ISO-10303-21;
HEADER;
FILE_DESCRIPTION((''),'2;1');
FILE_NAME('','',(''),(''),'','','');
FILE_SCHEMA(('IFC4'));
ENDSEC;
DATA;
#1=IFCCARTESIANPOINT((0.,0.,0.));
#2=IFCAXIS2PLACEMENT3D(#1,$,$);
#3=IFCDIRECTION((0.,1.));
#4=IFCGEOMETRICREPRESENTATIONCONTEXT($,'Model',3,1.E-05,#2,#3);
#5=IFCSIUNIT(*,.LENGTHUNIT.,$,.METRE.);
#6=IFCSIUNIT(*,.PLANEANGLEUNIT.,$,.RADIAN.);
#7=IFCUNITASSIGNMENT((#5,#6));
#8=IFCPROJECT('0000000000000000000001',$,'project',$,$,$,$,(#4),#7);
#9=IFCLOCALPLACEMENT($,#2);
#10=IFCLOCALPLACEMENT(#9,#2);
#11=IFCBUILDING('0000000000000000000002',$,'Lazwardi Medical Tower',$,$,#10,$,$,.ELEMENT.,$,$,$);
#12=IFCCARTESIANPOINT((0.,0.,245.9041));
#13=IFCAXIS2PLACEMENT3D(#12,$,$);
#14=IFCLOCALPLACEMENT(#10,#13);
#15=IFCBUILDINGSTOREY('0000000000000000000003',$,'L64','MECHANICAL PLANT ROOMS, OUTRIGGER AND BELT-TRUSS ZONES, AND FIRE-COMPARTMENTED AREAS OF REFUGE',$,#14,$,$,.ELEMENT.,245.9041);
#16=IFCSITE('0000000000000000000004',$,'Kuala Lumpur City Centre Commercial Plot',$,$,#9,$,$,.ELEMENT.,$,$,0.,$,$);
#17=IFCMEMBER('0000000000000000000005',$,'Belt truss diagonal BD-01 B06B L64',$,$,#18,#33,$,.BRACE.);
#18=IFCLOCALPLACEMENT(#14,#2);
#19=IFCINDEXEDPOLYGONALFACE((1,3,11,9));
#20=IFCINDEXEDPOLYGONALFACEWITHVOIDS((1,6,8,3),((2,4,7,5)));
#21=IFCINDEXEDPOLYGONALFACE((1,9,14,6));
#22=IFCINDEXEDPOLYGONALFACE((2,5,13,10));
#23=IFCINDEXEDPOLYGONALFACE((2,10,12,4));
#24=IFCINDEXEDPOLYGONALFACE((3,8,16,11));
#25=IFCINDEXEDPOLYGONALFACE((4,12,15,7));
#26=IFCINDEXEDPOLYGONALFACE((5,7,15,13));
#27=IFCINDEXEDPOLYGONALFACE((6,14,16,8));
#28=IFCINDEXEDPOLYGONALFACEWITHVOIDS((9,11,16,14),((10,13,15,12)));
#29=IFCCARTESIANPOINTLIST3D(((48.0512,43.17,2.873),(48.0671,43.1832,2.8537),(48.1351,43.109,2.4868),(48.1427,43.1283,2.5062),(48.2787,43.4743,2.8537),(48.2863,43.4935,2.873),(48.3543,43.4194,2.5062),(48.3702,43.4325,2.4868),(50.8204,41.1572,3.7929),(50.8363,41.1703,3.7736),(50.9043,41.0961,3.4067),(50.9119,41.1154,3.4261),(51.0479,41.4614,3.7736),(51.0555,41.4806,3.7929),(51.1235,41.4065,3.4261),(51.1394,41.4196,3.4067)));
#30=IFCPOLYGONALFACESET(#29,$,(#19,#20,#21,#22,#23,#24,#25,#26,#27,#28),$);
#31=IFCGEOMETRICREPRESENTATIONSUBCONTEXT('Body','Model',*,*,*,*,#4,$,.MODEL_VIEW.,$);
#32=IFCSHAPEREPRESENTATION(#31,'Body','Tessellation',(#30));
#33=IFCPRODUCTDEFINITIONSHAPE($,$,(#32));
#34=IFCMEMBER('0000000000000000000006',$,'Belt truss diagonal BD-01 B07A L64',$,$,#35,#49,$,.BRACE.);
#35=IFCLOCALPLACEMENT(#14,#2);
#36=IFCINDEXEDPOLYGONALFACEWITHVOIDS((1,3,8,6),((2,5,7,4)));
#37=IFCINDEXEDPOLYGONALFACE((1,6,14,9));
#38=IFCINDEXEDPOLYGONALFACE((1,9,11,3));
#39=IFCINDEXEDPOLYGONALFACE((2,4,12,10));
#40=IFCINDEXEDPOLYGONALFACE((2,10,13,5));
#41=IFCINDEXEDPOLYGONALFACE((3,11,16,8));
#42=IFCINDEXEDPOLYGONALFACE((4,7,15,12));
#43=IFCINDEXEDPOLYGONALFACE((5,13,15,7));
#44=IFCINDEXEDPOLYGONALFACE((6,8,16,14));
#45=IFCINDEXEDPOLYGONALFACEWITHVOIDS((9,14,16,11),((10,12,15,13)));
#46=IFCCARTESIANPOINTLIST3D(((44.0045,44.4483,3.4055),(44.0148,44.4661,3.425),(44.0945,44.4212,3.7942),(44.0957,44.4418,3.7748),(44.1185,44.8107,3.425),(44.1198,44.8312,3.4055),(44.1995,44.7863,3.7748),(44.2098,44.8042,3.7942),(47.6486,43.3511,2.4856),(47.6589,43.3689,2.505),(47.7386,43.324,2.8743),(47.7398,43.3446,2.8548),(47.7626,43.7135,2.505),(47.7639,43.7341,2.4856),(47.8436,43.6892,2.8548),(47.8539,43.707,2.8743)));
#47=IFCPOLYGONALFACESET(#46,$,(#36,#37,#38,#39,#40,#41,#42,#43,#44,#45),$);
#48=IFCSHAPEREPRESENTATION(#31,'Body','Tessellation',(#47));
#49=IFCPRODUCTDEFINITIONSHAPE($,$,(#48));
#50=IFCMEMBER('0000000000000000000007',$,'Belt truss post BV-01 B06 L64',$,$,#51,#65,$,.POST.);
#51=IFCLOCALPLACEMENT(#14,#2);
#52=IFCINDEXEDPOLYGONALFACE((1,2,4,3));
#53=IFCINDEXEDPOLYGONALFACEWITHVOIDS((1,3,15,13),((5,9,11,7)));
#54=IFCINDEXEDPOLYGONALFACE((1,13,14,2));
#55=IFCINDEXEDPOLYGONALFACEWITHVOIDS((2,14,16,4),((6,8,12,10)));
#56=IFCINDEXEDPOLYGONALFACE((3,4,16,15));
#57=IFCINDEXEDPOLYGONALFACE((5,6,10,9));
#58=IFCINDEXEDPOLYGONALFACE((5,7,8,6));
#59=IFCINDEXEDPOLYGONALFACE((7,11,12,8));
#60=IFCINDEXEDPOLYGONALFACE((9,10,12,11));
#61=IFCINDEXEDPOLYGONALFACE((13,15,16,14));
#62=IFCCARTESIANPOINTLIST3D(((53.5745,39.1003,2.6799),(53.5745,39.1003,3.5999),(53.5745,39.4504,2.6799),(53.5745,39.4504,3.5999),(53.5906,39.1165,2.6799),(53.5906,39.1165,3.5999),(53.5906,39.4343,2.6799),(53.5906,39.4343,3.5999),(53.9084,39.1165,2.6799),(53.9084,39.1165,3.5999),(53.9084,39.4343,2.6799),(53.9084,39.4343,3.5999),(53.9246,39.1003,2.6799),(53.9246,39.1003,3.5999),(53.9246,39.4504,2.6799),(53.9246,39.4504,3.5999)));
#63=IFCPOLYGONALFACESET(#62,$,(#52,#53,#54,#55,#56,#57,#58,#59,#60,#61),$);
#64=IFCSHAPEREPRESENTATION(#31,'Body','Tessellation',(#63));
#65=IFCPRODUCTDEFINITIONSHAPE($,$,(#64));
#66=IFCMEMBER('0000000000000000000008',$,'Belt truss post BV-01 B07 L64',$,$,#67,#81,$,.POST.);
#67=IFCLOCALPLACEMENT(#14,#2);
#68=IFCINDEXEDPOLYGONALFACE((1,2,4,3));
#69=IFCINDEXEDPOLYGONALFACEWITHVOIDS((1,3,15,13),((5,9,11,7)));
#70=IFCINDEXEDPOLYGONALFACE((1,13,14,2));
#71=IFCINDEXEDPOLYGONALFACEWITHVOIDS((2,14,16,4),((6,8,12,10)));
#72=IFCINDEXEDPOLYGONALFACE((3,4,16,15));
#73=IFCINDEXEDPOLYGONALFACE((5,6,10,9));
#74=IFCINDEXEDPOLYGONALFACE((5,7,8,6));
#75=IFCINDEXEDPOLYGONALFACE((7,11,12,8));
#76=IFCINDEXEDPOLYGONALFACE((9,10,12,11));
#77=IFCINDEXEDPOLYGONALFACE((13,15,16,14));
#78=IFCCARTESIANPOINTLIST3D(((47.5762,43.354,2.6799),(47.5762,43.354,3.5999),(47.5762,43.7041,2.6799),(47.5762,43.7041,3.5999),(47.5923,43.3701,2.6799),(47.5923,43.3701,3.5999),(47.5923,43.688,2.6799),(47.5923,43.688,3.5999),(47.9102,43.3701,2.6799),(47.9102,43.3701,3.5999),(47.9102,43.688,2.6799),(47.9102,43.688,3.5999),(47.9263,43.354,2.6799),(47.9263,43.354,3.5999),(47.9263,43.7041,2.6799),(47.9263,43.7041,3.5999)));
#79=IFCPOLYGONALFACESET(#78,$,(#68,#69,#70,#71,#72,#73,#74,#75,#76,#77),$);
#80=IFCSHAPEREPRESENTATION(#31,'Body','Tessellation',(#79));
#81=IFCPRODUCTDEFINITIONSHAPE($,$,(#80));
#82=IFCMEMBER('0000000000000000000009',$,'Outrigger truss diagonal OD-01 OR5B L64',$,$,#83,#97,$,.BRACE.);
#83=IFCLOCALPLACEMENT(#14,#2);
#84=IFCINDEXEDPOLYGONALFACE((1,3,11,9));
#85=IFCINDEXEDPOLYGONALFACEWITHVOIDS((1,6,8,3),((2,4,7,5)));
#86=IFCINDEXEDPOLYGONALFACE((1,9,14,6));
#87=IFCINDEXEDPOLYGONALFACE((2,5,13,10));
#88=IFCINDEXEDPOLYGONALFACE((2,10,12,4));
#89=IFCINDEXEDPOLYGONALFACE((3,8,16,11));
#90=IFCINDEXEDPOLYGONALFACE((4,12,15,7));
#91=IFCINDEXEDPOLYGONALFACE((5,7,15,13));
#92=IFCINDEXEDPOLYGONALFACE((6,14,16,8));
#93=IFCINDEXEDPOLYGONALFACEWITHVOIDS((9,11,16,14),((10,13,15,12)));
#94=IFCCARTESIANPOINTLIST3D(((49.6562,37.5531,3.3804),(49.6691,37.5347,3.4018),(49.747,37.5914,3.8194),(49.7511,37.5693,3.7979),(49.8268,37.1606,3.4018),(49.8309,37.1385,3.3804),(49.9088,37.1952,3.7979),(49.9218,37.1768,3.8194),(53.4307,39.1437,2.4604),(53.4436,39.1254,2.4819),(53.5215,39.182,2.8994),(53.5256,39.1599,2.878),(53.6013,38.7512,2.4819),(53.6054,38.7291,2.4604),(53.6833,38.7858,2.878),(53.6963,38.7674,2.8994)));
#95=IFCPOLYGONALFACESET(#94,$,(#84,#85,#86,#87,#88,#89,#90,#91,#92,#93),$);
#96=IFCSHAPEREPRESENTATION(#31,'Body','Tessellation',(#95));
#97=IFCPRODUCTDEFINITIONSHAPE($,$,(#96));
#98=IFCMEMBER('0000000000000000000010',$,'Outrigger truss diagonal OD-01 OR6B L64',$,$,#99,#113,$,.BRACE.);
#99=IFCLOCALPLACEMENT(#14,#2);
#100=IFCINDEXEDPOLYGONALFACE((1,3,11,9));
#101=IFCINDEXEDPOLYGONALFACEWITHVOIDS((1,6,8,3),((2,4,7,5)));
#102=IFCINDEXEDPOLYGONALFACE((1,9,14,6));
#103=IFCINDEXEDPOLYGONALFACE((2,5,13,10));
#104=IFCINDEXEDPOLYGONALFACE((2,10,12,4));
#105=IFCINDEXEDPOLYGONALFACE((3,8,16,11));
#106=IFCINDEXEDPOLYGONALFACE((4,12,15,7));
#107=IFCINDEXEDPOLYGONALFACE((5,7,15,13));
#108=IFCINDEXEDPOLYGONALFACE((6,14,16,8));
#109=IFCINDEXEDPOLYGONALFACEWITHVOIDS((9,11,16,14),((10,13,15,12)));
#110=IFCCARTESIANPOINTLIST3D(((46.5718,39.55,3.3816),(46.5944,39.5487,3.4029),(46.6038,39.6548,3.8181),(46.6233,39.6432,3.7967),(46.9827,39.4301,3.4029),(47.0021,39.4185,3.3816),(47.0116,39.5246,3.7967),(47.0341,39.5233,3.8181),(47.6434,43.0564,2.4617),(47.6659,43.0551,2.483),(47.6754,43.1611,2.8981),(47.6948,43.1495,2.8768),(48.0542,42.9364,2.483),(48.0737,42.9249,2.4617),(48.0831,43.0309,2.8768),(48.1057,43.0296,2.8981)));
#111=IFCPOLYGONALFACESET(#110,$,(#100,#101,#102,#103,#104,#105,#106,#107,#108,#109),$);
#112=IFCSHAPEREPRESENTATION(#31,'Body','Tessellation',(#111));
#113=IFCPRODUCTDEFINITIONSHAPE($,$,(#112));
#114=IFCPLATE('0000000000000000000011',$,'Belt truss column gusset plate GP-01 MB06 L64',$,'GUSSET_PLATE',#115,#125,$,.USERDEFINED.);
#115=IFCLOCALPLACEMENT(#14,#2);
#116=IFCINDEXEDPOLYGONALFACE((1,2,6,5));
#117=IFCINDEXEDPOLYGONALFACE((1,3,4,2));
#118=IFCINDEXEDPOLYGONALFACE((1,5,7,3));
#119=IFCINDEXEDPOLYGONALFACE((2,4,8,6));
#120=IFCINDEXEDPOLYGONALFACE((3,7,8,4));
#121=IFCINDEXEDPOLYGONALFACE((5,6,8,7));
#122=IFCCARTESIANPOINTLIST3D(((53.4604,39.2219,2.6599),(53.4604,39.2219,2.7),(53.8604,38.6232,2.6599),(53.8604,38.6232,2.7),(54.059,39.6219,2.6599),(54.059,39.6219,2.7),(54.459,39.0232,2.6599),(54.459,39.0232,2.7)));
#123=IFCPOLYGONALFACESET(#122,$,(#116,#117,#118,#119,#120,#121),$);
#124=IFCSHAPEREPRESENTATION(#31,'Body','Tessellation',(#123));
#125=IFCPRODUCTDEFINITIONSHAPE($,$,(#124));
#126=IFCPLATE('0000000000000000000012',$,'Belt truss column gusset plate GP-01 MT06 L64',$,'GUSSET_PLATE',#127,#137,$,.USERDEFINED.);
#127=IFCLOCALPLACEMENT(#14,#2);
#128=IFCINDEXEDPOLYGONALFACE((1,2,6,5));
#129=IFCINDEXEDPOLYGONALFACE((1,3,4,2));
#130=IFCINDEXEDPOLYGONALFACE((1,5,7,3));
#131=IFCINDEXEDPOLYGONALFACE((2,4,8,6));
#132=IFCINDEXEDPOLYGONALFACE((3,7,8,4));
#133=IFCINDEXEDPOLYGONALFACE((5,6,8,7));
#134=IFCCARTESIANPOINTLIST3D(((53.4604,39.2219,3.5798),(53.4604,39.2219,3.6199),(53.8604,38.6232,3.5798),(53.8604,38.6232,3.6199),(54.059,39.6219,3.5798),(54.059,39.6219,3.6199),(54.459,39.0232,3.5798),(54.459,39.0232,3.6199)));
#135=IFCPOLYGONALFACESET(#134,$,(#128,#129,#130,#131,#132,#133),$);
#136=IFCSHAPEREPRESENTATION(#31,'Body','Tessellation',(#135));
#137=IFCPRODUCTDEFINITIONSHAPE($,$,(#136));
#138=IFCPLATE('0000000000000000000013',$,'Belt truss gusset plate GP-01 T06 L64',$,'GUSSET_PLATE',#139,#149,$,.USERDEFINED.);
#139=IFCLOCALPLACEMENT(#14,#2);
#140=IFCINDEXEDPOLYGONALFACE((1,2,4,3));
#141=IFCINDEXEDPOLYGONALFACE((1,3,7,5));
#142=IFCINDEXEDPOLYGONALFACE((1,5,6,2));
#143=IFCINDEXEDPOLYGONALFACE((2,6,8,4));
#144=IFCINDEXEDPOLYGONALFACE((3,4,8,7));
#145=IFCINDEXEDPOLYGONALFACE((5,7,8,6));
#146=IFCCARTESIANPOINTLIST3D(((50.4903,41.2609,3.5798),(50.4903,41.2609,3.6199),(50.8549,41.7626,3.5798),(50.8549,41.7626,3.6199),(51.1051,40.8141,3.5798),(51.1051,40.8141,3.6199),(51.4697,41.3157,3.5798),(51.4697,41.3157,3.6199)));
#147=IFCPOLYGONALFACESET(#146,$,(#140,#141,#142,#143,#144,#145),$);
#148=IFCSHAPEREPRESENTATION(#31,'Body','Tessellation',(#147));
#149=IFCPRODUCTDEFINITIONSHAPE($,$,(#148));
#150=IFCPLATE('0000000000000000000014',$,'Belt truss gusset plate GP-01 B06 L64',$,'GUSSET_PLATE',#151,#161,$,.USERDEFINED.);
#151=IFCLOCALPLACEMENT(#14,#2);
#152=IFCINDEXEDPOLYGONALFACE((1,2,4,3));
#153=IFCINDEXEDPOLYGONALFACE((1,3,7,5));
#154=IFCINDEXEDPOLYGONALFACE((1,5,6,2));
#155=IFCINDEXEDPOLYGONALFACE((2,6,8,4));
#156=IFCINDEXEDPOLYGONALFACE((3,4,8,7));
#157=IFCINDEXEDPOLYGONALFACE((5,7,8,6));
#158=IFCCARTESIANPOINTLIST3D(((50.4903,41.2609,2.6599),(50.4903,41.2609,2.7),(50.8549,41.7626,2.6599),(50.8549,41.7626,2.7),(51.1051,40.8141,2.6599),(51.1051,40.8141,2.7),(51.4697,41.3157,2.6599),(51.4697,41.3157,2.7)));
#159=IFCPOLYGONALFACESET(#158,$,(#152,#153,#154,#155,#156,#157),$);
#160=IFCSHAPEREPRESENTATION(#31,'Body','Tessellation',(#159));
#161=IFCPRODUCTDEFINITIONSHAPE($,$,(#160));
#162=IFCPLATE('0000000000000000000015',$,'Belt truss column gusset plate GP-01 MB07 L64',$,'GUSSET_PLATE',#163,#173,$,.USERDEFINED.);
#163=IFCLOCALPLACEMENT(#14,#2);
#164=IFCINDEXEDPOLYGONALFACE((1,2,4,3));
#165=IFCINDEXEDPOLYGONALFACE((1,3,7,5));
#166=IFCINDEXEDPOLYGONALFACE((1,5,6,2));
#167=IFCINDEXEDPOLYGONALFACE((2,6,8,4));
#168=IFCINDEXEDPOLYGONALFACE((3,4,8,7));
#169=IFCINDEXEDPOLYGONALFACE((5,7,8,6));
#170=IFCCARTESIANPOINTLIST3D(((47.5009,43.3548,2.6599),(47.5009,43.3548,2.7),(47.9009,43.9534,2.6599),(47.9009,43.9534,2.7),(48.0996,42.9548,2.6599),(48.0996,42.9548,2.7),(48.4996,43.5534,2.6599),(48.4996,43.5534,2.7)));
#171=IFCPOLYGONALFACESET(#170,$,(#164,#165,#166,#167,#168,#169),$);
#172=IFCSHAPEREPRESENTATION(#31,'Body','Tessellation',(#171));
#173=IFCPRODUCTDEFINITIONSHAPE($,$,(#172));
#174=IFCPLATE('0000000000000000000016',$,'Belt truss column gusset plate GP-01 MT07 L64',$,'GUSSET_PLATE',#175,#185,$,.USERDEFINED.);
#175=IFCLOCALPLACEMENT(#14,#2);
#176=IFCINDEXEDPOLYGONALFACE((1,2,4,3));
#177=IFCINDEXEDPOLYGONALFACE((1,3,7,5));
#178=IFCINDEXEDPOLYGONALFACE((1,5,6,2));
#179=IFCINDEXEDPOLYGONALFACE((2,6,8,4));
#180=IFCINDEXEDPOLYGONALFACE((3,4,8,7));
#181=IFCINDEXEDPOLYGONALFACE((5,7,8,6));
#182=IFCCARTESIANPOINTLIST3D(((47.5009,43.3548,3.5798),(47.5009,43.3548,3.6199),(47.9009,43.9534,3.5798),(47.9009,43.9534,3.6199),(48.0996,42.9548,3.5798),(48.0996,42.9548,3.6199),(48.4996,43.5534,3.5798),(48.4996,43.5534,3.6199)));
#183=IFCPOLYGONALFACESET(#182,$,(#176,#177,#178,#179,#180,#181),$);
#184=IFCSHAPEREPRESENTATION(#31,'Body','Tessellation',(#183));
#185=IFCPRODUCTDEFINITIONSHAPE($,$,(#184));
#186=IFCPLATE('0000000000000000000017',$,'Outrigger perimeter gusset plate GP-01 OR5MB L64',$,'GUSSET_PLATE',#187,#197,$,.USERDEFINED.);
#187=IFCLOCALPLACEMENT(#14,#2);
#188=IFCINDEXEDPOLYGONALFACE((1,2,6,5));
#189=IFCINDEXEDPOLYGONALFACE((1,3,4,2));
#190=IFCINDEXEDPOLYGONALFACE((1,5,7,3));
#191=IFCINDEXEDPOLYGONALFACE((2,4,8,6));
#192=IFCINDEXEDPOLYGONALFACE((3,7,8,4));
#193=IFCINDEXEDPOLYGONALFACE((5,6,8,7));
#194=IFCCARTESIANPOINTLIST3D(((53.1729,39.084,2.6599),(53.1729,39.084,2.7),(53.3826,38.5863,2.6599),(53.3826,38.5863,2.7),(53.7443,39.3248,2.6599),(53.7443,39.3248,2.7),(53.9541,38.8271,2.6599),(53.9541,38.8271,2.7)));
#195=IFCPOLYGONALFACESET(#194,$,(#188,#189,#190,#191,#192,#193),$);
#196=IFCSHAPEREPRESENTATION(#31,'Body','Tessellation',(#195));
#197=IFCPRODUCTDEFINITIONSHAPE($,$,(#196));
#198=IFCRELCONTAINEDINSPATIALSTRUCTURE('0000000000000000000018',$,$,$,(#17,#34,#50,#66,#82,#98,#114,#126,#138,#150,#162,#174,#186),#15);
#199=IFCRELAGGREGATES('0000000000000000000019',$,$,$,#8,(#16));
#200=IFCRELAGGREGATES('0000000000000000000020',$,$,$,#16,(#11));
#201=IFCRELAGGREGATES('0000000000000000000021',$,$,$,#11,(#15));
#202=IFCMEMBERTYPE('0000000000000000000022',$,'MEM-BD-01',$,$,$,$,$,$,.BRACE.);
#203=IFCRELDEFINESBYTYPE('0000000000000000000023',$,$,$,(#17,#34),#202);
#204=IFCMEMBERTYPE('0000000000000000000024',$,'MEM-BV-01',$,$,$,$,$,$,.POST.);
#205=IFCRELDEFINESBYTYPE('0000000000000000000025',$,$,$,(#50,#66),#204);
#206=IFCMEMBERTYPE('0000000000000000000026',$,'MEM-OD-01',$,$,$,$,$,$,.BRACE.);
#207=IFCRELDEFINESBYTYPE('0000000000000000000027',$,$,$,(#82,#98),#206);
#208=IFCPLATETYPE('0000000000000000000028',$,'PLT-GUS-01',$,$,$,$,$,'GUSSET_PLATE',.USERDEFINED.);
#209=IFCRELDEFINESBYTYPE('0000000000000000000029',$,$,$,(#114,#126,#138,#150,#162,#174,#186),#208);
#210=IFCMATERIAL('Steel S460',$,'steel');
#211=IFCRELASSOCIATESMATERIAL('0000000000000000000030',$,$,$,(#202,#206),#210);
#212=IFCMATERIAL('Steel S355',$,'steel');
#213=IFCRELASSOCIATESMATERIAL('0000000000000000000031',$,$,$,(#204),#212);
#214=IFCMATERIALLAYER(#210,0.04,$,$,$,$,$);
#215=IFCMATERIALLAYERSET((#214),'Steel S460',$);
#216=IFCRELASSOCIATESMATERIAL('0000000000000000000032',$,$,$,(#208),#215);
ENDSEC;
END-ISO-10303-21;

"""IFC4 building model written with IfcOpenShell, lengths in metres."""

from ifc_helpers import new_model, si_unit, direction, frame, origin, origin_2d, place, context, subcontext, project, spatial, rectangle, hollow_rectangle, extrude, material, layer, layer_set, material_profile, profile_set, type_object, element, save


model = new_model("IFC4")

# Units and contexts
model_context = context("Model", 3, precision=1e-05, world=origin(), true_north=direction((0.0, 1.0)))
body_context = subcontext(model_context, "Body", "Model", "MODEL_VIEW")
ifc_project = project(units=[si_unit("LENGTHUNIT", "METRE"), si_unit("PLANEANGLEUNIT", "RADIAN")], contexts=[model_context])

# Site, building, storey
site_placement = place(None, origin())
site = spatial("IfcSite", under=ifc_project, at=site_placement, Name="Kuala Lumpur City Centre Commercial Plot", CompositionType="ELEMENT", RefElevation=0.0)
building_placement = place(site_placement, origin())
building = spatial("IfcBuilding", under=site, at=building_placement, Name="Lazwardi Medical Tower", CompositionType="ELEMENT")
storey_placement = place(building_placement, frame((0.0, 0.0, 245.9041)))
storey = spatial("IfcBuildingStorey", under=building, at=storey_placement, Name="L64", Description="MECHANICAL PLANT ROOMS, OUTRIGGER AND BELT-TRUSS ZONES, AND FIRE-COMPARTMENTED AREAS OF REFUGE", CompositionType="ELEMENT", Elevation=245.9041)

# Shared definitions
ifc_material_1 = material(Name="Steel S355", Category="steel")

# Members
ifc_material_2 = material(Name="Steel S460", Category="steel")
ifc_material_profile_1 = material_profile(ifc_material_2, hollow_rectangle(XDim=0.3999, YDim=0.3999, WallThickness=0.02, at=origin_2d()), Name="RHS 400x400x20")
ifc_profile_set_1 = profile_set([ifc_material_profile_1], Name="Steel S460")
member_type_1 = type_object("IfcMemberType", Name="MEM-BD-01", PredefinedType="BRACE", material=ifc_profile_set_1)
member_1_placement = place(storey_placement, frame((48.2107, 43.3013, 2.6799), z_axis=(0.781178, -0.567823, 0.259497), x_axis=(0.587964, 0.808887, 0.0)))
element("IfcMember", 1, at=member_1_placement, inside=storey, type_object=member_type_1, Name="Belt truss diagonal BD-01 B06B L64", PredefinedType="BRACE", context=body_context, shape_type="SweptSolid", body=[
    extrude(hollow_rectangle(XDim=0.3999, YDim=0.3999, WallThickness=0.02, at=origin_2d()), origin(), (0.0, 0.0, 1.0), 3.5449),
])
member_2_placement = place(storey_placement, frame((47.7512, 43.5291, 2.6799), z_axis=(-0.930734, 0.28023, 0.234959), x_axis=(-0.288301, -0.95754, 0.0)))
element("IfcMember", 2, at=member_2_placement, inside=storey, type_object=member_type_1, Name="Belt truss diagonal BD-01 B07A L64", PredefinedType="BRACE", context=body_context, shape_type="SweptSolid", body=[
    extrude(hollow_rectangle(XDim=0.3999, YDim=0.3999, WallThickness=0.02, at=origin_2d()), origin(), (0.0, 0.0, 1.0), 3.9153),
])
ifc_material_profile_2 = material_profile(ifc_material_1, hollow_rectangle(XDim=0.3501, YDim=0.3501, WallThickness=0.0161, at=origin_2d()), Name="RHS 350x350x16")
ifc_profile_set_2 = profile_set([ifc_material_profile_2], Name="Steel S355")
member_type_2 = type_object("IfcMemberType", Name="MEM-BV-01", PredefinedType="POST", material=ifc_profile_set_2)
for number, where, z_axis, x_axis, name in (
    (3, (53.7495, 39.2754, 2.6799), (0.0, 0.0, 1.0), (1.0, 0.0, 0.0), "Belt truss post BV-01 B06 L64"),
    (4, (47.7512, 43.5291, 2.6799), (0.0, 0.0, 1.0), (1.0, 0.0, 0.0), "Belt truss post BV-01 B07 L64"),
):
    element("IfcMember", number, at=place(storey_placement, frame(where, z_axis=z_axis, x_axis=x_axis)), inside=storey, type_object=member_type_2, Name=name, PredefinedType="POST", context=body_context, shape_type="SweptSolid", body=[
        extrude(hollow_rectangle(XDim=0.3501, YDim=0.3501, WallThickness=0.0161, at=origin_2d()), origin(), (0.0, 0.0, 1.0), 0.9199),
    ])
ifc_material_profile_3 = material_profile(ifc_material_2, hollow_rectangle(XDim=0.45, YDim=0.45, WallThickness=0.022, at=origin_2d()), Name="RHS 450x450x22")
ifc_profile_set_3 = profile_set([ifc_material_profile_3], Name="Steel S460")
member_type_3 = type_object("IfcMemberType", Name="MEM-OD-01", PredefinedType="BRACE", material=ifc_profile_set_3)
member_3_placement = place(storey_placement, frame((53.5635, 38.9556, 2.6799), z_axis=(-0.899119, -0.378898, 0.219138), x_axis=(0.388337, -0.921518, 0.0)))
element("IfcMember", 5, at=member_3_placement, inside=storey, type_object=member_type_3, Name="Outrigger truss diagonal OD-01 OR5B L64", PredefinedType="BRACE", context=body_context, shape_type="SweptSolid", body=[
    extrude(hollow_rectangle(XDim=0.45, YDim=0.45, WallThickness=0.022, at=origin_2d()), origin(), (0.0, 0.0, 1.0), 4.198),
])
member_4_placement = place(storey_placement, frame((47.8745, 43.043, 2.6799), z_axis=(-0.283469, -0.927589, 0.243361), x_axis=(0.95634, -0.292256, 0.0)))
element("IfcMember", 6, at=member_4_placement, inside=storey, type_object=member_type_3, Name="Outrigger truss diagonal OD-01 OR6B L64", PredefinedType="BRACE", context=body_context, shape_type="SweptSolid", body=[
    extrude(hollow_rectangle(XDim=0.45, YDim=0.45, WallThickness=0.022, at=origin_2d()), origin(), (0.0, 0.0, 1.0), 3.78),
])

# Plates
ifc_layer_1 = layer(ifc_material_2, 0.04)
ifc_layer_set_1 = layer_set([ifc_layer_1], Name="Steel S460")
plate_type = type_object("IfcPlateType", Name="PLT-GUS-01", ElementType="GUSSET_PLATE", PredefinedType="USERDEFINED", material=ifc_layer_set_1)
for number, where, z_axis, x_axis, name in (
    (7, (53.9597, 39.1226, 2.6599), (0.0, 0.0, 1.0), (0.83147, 0.55557, 0.0), "Belt truss column gusset plate GP-01 MB06 L64"),
    (8, (53.9597, 39.1226, 3.5798), (0.0, 0.0, 1.0), (0.83147, 0.55557, 0.0), "Belt truss column gusset plate GP-01 MT06 L64"),
):
    element("IfcPlate", number, at=place(storey_placement, frame(where, z_axis=z_axis, x_axis=x_axis)), inside=storey, type_object=plate_type, Name=name, ObjectType="GUSSET_PLATE", PredefinedType="USERDEFINED", context=body_context, shape_type="SweptSolid", body=[
        extrude(rectangle(XDim=0.72, YDim=0.72, at=origin_2d()), origin(), (0.0, 0.0, 1.0), 0.04),
    ])
for number, where, z_axis, x_axis, name in (
    (9, (50.98, 41.2883, 3.5798), (0.0, 0.0, 1.0), (-0.808914, 0.587926, 0.0), "Belt truss gusset plate GP-01 T06 L64"),
    (10, (50.98, 41.2883, 2.6599), (0.0, 0.0, 1.0), (-0.808914, 0.587926, 0.0), "Belt truss gusset plate GP-01 B06 L64"),
):
    element("IfcPlate", number, at=place(storey_placement, frame(where, z_axis=z_axis, x_axis=x_axis)), inside=storey, type_object=plate_type, Name=name, ObjectType="GUSSET_PLATE", PredefinedType="USERDEFINED", context=body_context, shape_type="SweptSolid", body=[
        extrude(rectangle(XDim=0.76, YDim=0.6201, at=origin_2d()), origin(), (0.0, 0.0, 1.0), 0.04),
    ])
for number, where, z_axis, x_axis, name in (
    (11, (48.0002, 43.4541, 2.6599), (0.0, 0.0, 1.0), (0.55557, 0.83147, 0.0), "Belt truss column gusset plate GP-01 MB07 L64"),
    (12, (48.0002, 43.4541, 3.5798), (0.0, 0.0, 1.0), (0.55557, 0.83147, 0.0), "Belt truss column gusset plate GP-01 MT07 L64"),
):
    element("IfcPlate", number, at=place(storey_placement, frame(where, z_axis=z_axis, x_axis=x_axis)), inside=storey, type_object=plate_type, Name=name, ObjectType="GUSSET_PLATE", PredefinedType="USERDEFINED", context=body_context, shape_type="SweptSolid", body=[
        extrude(rectangle(XDim=0.72, YDim=0.72, at=origin_2d()), origin(), (0.0, 0.0, 1.0), 0.04),
    ])
for number, where, z_axis, x_axis, name in (
    (13, (53.5635, 38.9556, 2.6599), (0.0, 0.0, 1.0), (0.921525, 0.38832, 0.0), "Outrigger perimeter gusset plate GP-01 OR5MB L64"),
):
    element("IfcPlate", number, at=place(storey_placement, frame(where, z_axis=z_axis, x_axis=x_axis)), inside=storey, type_object=plate_type, Name=name, ObjectType="GUSSET_PLATE", PredefinedType="USERDEFINED", context=body_context, shape_type="SweptSolid", body=[
        extrude(rectangle(XDim=0.6201, YDim=0.54, at=origin_2d()), origin(), (0.0, 0.0, 1.0), 0.04),
    ])

save(model, "model.ifc")
